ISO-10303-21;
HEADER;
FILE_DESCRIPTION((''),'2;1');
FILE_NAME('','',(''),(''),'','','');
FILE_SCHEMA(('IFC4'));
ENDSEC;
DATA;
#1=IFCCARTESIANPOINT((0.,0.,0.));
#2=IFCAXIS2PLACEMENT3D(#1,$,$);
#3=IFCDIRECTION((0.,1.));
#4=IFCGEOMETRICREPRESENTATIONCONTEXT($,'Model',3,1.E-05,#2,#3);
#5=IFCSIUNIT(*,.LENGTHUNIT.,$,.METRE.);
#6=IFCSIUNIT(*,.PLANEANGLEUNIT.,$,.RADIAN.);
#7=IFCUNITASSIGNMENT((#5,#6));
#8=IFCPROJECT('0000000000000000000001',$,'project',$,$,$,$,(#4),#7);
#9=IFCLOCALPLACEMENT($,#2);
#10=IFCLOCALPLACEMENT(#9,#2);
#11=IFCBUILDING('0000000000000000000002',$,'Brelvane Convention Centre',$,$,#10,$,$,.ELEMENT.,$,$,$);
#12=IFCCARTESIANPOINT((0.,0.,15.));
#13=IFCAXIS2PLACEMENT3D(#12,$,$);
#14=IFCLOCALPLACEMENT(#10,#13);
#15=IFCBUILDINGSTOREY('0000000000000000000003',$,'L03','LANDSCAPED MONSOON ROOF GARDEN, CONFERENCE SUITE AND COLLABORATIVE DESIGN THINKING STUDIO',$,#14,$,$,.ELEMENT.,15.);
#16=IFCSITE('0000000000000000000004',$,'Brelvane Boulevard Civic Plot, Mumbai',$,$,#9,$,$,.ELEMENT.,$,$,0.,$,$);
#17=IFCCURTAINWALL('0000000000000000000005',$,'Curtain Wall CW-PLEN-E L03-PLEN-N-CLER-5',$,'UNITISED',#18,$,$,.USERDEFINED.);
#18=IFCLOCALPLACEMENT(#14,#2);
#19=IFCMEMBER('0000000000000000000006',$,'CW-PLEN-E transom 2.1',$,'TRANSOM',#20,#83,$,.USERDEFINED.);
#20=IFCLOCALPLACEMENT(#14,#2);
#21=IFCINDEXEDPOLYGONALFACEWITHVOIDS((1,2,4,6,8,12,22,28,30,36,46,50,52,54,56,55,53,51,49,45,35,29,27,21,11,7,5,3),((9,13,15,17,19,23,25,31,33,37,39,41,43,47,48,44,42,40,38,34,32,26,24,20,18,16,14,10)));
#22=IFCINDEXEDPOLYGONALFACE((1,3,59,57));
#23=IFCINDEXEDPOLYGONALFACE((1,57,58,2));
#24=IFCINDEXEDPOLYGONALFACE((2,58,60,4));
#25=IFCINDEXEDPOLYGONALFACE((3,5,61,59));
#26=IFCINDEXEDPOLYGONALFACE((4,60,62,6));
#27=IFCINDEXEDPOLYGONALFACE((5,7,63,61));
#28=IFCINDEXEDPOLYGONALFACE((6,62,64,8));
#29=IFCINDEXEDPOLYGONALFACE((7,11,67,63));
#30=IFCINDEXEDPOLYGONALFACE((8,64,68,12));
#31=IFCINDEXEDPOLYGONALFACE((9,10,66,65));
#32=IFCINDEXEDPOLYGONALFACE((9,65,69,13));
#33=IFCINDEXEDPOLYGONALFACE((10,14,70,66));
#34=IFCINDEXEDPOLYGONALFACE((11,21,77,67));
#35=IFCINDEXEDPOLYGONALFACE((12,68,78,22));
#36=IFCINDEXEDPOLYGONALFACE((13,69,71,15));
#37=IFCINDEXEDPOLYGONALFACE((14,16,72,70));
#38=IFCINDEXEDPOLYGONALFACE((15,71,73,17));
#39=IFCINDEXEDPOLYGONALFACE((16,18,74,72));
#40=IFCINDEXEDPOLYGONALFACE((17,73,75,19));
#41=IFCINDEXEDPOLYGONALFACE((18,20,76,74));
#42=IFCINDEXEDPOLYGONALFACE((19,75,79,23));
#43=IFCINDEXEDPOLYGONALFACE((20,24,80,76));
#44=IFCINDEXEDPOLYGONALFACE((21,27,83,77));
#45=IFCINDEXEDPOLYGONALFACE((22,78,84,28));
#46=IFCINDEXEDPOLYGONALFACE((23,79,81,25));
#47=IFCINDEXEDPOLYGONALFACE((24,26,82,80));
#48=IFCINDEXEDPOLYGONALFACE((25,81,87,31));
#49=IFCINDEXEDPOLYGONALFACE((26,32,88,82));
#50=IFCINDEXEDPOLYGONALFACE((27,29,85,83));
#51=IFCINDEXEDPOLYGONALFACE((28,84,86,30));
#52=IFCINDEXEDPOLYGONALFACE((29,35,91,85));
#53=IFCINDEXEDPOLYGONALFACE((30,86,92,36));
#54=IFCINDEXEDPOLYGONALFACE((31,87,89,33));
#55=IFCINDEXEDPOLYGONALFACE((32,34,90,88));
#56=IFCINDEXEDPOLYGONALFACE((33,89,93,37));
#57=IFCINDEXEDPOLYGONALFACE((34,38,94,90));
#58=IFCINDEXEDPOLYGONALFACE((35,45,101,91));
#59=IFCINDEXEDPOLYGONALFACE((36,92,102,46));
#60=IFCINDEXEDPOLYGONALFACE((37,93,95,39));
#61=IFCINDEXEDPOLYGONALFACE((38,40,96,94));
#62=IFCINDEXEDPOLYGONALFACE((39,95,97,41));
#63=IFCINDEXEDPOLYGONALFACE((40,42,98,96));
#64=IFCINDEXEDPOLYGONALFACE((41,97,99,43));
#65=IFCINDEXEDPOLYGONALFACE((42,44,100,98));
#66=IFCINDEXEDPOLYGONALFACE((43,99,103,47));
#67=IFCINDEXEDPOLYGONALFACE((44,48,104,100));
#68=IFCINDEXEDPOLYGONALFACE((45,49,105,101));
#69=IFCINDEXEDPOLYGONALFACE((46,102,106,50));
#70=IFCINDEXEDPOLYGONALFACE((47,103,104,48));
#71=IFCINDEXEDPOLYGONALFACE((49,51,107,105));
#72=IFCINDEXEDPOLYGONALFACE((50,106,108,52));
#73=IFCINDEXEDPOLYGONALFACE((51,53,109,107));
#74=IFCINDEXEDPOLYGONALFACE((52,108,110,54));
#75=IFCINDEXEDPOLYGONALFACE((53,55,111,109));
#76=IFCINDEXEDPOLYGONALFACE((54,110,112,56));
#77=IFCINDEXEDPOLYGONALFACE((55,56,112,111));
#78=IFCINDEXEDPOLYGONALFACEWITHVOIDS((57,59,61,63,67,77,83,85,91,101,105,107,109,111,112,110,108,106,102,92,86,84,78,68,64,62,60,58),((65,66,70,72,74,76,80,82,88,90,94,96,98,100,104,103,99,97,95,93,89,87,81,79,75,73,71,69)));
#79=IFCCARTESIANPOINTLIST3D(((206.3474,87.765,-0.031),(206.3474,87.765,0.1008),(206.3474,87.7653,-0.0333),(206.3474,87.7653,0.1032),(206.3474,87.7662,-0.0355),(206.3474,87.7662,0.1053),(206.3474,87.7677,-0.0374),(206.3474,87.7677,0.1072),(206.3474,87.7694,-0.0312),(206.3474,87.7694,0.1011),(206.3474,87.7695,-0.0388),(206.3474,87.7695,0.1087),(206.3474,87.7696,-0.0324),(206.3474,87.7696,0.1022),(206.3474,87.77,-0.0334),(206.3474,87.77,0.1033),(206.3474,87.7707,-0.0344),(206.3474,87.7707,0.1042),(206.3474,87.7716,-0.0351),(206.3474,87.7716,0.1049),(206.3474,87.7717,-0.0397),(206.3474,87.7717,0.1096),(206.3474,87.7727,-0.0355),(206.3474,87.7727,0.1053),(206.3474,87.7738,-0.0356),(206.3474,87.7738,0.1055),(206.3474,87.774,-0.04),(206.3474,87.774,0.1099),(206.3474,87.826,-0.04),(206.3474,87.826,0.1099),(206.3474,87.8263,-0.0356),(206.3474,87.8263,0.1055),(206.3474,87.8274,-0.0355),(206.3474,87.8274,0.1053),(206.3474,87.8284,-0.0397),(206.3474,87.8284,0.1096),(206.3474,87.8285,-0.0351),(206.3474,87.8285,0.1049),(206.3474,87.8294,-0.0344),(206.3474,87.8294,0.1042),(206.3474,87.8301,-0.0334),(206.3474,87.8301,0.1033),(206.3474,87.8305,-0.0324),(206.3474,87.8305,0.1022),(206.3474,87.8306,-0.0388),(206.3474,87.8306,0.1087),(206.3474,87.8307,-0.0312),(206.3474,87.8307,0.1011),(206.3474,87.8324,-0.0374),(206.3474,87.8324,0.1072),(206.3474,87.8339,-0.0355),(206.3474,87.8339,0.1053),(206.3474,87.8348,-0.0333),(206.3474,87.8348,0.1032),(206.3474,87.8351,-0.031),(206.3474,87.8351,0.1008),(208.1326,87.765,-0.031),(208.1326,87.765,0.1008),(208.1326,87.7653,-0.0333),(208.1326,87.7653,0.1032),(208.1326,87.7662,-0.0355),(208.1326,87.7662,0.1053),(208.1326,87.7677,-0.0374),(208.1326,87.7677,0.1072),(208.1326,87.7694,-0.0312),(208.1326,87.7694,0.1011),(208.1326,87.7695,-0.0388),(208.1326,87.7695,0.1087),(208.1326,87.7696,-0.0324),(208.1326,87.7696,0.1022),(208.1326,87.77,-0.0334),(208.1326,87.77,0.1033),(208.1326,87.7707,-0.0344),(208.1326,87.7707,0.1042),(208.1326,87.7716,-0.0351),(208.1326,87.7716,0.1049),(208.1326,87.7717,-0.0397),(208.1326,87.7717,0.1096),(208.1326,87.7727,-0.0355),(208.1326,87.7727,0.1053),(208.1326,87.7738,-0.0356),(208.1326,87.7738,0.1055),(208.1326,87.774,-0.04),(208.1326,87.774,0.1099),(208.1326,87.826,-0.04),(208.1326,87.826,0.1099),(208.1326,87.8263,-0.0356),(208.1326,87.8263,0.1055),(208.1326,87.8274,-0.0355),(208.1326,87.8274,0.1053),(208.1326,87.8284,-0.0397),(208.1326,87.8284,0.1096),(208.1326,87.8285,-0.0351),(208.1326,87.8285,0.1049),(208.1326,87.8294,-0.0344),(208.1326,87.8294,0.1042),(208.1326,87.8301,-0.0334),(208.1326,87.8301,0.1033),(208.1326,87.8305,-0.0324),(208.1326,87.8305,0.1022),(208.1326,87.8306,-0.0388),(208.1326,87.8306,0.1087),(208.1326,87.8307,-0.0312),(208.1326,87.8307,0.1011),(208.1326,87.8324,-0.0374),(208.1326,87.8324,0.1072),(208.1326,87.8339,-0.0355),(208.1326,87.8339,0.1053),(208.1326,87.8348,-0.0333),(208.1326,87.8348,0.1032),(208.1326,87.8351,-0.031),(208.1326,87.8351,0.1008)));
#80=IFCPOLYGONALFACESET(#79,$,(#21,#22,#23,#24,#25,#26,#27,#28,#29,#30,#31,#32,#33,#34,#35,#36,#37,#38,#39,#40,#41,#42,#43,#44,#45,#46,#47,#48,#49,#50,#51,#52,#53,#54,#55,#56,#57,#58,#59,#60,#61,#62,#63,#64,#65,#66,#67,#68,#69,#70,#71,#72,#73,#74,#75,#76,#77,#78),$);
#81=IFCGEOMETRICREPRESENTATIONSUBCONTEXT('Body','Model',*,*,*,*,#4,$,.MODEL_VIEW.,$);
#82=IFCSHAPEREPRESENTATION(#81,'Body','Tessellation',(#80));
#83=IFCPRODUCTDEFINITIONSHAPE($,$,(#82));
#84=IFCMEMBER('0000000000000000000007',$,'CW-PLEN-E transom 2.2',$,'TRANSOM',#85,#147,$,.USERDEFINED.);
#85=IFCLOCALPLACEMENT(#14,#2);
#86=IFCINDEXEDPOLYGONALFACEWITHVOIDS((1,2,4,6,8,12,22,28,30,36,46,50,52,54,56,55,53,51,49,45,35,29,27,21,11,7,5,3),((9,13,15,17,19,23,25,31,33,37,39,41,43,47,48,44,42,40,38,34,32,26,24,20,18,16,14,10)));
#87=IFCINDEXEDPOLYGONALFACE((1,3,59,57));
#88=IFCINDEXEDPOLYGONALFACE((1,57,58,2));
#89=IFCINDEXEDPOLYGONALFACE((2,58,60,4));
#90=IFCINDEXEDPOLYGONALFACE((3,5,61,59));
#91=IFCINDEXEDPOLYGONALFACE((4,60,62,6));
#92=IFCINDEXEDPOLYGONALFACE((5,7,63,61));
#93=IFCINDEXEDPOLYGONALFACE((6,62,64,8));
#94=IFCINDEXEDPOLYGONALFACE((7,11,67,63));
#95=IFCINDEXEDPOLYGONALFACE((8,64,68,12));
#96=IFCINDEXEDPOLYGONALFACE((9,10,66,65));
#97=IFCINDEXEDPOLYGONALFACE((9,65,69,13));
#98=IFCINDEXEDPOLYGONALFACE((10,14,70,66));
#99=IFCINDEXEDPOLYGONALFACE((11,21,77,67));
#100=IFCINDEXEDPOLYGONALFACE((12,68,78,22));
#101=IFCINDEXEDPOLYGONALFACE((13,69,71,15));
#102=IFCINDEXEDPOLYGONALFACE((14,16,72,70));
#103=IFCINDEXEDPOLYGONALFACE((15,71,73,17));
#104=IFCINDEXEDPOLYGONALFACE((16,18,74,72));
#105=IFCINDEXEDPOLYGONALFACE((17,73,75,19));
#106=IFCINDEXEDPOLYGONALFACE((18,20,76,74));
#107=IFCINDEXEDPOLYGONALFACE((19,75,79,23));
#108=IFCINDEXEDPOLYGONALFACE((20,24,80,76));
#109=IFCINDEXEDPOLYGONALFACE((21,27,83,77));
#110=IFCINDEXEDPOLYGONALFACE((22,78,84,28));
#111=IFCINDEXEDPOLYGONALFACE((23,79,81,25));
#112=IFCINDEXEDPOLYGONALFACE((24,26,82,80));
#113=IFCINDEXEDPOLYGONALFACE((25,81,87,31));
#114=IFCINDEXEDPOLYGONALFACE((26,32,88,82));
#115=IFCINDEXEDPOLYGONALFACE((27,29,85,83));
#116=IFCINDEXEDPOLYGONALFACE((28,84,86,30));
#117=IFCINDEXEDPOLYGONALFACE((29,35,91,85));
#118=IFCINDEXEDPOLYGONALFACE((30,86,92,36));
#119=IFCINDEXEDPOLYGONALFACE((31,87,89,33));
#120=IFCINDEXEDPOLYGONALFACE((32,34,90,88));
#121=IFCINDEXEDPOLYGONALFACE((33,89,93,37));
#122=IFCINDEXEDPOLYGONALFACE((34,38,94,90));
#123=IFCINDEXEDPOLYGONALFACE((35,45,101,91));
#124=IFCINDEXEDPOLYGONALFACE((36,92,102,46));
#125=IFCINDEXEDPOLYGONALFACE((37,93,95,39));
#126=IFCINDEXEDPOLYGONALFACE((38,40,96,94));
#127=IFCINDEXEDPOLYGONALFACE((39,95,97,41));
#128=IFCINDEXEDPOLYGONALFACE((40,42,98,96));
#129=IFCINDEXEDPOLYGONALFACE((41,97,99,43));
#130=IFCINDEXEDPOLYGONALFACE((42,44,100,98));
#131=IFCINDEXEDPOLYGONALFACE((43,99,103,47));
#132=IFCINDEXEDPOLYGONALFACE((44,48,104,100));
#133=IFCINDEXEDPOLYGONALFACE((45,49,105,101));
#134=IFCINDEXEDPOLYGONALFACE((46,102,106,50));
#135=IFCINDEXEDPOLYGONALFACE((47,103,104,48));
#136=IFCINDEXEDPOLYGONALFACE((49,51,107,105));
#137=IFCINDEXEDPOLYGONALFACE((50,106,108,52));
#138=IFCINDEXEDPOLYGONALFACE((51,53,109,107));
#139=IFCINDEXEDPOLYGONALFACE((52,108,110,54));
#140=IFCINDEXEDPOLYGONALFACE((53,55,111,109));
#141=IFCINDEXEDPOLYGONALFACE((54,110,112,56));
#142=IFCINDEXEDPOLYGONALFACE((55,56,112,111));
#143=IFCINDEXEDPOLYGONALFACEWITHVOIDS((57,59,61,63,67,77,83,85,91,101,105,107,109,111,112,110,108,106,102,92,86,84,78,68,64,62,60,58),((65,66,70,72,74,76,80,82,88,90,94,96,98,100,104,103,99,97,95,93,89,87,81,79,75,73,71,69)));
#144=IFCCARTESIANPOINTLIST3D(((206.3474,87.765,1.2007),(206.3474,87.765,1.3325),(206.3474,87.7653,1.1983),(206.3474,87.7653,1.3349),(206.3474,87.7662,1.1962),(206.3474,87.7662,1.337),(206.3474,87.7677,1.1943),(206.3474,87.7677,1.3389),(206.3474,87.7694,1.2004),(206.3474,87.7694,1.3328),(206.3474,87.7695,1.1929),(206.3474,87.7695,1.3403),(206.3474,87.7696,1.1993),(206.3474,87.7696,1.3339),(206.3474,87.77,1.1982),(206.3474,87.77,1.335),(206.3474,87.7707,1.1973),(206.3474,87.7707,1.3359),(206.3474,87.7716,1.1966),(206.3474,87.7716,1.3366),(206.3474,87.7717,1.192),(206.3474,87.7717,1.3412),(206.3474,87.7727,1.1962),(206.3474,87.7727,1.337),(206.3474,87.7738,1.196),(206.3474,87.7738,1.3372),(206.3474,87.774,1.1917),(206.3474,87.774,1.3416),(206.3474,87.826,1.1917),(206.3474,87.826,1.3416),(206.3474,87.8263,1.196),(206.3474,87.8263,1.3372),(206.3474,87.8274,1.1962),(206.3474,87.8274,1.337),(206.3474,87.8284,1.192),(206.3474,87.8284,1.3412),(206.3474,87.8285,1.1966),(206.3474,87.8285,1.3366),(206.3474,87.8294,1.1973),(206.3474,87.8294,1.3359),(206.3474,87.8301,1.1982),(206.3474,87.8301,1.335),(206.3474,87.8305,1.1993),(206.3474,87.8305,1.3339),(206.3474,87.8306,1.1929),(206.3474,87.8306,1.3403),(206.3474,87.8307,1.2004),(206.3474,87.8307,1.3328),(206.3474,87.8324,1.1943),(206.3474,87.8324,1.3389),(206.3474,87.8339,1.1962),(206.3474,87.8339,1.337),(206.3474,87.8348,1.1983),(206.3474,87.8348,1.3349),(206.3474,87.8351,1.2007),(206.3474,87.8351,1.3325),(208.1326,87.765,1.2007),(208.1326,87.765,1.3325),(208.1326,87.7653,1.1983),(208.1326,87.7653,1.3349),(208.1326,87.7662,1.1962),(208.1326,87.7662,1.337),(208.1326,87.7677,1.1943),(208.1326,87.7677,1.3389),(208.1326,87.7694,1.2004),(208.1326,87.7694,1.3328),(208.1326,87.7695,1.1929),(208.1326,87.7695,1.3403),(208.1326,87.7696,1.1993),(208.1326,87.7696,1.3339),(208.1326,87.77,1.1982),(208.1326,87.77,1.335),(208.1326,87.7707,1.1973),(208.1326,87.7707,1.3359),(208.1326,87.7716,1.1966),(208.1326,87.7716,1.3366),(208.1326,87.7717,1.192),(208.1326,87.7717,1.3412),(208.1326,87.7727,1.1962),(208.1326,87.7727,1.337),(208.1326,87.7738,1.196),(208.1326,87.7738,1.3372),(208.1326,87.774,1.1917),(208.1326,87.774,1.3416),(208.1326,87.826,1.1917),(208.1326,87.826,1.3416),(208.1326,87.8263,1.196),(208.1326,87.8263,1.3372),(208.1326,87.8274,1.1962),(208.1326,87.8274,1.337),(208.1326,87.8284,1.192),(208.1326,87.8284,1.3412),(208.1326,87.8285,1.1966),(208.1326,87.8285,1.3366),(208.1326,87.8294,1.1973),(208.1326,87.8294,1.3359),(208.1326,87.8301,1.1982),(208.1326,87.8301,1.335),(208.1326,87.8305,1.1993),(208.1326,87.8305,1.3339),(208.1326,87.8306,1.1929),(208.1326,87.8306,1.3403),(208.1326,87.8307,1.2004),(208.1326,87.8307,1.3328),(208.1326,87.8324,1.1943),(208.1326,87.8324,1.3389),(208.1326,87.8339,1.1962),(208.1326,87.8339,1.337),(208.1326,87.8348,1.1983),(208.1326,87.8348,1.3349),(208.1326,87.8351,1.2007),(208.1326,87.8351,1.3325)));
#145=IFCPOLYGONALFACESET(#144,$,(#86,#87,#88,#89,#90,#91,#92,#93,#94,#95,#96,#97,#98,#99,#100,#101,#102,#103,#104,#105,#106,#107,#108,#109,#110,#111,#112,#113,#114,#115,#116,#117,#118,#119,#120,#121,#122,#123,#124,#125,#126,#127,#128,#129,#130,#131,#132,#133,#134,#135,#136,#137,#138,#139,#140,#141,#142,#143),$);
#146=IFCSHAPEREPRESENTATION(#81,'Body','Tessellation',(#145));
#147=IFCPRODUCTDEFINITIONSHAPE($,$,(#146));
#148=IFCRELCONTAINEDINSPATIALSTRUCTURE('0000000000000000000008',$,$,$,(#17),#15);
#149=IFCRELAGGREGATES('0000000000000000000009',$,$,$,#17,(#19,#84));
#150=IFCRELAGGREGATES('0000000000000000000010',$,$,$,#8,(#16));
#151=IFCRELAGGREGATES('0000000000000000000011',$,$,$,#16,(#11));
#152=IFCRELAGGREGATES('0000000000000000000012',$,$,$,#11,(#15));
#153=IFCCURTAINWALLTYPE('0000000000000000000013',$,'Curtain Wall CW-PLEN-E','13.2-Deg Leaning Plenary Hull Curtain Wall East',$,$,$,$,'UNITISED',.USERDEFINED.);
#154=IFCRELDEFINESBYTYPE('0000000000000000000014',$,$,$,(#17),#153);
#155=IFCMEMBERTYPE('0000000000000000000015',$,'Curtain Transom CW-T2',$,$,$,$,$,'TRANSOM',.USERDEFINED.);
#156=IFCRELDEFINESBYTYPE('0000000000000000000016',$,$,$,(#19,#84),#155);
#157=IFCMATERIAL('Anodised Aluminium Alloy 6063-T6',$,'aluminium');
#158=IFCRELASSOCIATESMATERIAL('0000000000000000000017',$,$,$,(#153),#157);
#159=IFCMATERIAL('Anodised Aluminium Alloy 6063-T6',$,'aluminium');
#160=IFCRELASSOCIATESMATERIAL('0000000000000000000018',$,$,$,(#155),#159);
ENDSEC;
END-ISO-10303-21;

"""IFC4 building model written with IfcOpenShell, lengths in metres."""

from ifc_helpers import new_model, si_unit, direction, frame, origin, origin_2d, place, context, subcontext, project, spatial, hollow_rectangle, extrude, material, material_profile, profile_set, type_object, element, aggregate, save


model = new_model("IFC4")

# Units and contexts
model_context = context("Model", 3, precision=1e-05, world=origin(), true_north=direction((0.0, 1.0)))
body_context = subcontext(model_context, "Body", "Model", "MODEL_VIEW")
ifc_project = project(units=[si_unit("LENGTHUNIT", "METRE"), si_unit("PLANEANGLEUNIT", "RADIAN")], contexts=[model_context])

# Site, building, storey
site_placement = place(None, origin())
site = spatial("IfcSite", under=ifc_project, at=site_placement, Name="Brelvane Boulevard Civic Plot, Mumbai", CompositionType="ELEMENT", RefElevation=0.0)
building_placement = place(site_placement, origin())
building = spatial("IfcBuilding", under=site, at=building_placement, Name="Brelvane Convention Centre", CompositionType="ELEMENT")
storey_placement = place(building_placement, frame((0.0, 0.0, 15.0)))
storey = spatial("IfcBuildingStorey", under=building, at=storey_placement, Name="L03", Description="LANDSCAPED MONSOON ROOF GARDEN, CONFERENCE SUITE AND COLLABORATIVE DESIGN THINKING STUDIO", CompositionType="ELEMENT", Elevation=15.0)

# Curtain wall, members
ifc_material_1 = material(Name="Anodised Aluminium Alloy 6063-T6", Category="aluminium")
curtain_wall_type = type_object("IfcCurtainWallType", Name="Curtain Wall CW-PLEN-E", Description="13.2-Deg Leaning Plenary Hull Curtain Wall East", ElementType="UNITISED", PredefinedType="USERDEFINED", material=ifc_material_1)
curtain_wall_placement = place(storey_placement, origin())
curtain_wall = element("IfcCurtainWall", 1, at=curtain_wall_placement, inside=storey, type_object=curtain_wall_type, Name="Curtain Wall CW-PLEN-E L03-PLEN-N-CLER-5", ObjectType="UNITISED", PredefinedType="USERDEFINED")
ifc_material_2 = material(Name="Anodised Aluminium Alloy 6063-T6", Category="aluminium")
ifc_material_profile_1 = material_profile(ifc_material_2, hollow_rectangle(XDim=0.0701, YDim=0.1499, WallThickness=0.0044, InnerFilletRadius=0.0044, OuterFilletRadius=0.009, at=origin_2d()), Name="ALU-T 150x70x4.5")
ifc_profile_set_1 = profile_set([ifc_material_profile_1], Name="Anodised Aluminium Alloy 6063-T6")
member_type_1 = type_object("IfcMemberType", Name="Curtain Transom CW-T2", ElementType="TRANSOM", PredefinedType="USERDEFINED", material=ifc_profile_set_1)
member_1_placement = place(storey_placement, frame((206.3474, 87.8, 0.0349), z_axis=(1.0, 0.0, 0.0), x_axis=(0.0, 1.0, 0.0)))
member_1 = element("IfcMember", 2, at=member_1_placement, type_object=member_type_1, Name="CW-PLEN-E transom 2.1", ObjectType="TRANSOM", PredefinedType="USERDEFINED", context=body_context, shape_type="SweptSolid", body=[
    extrude(hollow_rectangle(XDim=0.0701, YDim=0.1499, WallThickness=0.0044, InnerFilletRadius=0.0044, OuterFilletRadius=0.009, at=origin_2d()), origin(), (0.0, 0.0, 1.0), 1.7852),
])
member_2_placement = place(storey_placement, frame((206.3474, 87.8, 1.2666), z_axis=(1.0, 0.0, 0.0), x_axis=(0.0, 1.0, 0.0)))
member_2 = element("IfcMember", 3, at=member_2_placement, type_object=member_type_1, Name="CW-PLEN-E transom 2.2", ObjectType="TRANSOM", PredefinedType="USERDEFINED", context=body_context, shape_type="SweptSolid", body=[
    extrude(hollow_rectangle(XDim=0.0701, YDim=0.1499, WallThickness=0.0044, InnerFilletRadius=0.0044, OuterFilletRadius=0.009, at=origin_2d()), origin(), (0.0, 0.0, 1.0), 1.7852),
])

aggregate(curtain_wall, [member_1, member_2])

save(model, "model.ifc")
